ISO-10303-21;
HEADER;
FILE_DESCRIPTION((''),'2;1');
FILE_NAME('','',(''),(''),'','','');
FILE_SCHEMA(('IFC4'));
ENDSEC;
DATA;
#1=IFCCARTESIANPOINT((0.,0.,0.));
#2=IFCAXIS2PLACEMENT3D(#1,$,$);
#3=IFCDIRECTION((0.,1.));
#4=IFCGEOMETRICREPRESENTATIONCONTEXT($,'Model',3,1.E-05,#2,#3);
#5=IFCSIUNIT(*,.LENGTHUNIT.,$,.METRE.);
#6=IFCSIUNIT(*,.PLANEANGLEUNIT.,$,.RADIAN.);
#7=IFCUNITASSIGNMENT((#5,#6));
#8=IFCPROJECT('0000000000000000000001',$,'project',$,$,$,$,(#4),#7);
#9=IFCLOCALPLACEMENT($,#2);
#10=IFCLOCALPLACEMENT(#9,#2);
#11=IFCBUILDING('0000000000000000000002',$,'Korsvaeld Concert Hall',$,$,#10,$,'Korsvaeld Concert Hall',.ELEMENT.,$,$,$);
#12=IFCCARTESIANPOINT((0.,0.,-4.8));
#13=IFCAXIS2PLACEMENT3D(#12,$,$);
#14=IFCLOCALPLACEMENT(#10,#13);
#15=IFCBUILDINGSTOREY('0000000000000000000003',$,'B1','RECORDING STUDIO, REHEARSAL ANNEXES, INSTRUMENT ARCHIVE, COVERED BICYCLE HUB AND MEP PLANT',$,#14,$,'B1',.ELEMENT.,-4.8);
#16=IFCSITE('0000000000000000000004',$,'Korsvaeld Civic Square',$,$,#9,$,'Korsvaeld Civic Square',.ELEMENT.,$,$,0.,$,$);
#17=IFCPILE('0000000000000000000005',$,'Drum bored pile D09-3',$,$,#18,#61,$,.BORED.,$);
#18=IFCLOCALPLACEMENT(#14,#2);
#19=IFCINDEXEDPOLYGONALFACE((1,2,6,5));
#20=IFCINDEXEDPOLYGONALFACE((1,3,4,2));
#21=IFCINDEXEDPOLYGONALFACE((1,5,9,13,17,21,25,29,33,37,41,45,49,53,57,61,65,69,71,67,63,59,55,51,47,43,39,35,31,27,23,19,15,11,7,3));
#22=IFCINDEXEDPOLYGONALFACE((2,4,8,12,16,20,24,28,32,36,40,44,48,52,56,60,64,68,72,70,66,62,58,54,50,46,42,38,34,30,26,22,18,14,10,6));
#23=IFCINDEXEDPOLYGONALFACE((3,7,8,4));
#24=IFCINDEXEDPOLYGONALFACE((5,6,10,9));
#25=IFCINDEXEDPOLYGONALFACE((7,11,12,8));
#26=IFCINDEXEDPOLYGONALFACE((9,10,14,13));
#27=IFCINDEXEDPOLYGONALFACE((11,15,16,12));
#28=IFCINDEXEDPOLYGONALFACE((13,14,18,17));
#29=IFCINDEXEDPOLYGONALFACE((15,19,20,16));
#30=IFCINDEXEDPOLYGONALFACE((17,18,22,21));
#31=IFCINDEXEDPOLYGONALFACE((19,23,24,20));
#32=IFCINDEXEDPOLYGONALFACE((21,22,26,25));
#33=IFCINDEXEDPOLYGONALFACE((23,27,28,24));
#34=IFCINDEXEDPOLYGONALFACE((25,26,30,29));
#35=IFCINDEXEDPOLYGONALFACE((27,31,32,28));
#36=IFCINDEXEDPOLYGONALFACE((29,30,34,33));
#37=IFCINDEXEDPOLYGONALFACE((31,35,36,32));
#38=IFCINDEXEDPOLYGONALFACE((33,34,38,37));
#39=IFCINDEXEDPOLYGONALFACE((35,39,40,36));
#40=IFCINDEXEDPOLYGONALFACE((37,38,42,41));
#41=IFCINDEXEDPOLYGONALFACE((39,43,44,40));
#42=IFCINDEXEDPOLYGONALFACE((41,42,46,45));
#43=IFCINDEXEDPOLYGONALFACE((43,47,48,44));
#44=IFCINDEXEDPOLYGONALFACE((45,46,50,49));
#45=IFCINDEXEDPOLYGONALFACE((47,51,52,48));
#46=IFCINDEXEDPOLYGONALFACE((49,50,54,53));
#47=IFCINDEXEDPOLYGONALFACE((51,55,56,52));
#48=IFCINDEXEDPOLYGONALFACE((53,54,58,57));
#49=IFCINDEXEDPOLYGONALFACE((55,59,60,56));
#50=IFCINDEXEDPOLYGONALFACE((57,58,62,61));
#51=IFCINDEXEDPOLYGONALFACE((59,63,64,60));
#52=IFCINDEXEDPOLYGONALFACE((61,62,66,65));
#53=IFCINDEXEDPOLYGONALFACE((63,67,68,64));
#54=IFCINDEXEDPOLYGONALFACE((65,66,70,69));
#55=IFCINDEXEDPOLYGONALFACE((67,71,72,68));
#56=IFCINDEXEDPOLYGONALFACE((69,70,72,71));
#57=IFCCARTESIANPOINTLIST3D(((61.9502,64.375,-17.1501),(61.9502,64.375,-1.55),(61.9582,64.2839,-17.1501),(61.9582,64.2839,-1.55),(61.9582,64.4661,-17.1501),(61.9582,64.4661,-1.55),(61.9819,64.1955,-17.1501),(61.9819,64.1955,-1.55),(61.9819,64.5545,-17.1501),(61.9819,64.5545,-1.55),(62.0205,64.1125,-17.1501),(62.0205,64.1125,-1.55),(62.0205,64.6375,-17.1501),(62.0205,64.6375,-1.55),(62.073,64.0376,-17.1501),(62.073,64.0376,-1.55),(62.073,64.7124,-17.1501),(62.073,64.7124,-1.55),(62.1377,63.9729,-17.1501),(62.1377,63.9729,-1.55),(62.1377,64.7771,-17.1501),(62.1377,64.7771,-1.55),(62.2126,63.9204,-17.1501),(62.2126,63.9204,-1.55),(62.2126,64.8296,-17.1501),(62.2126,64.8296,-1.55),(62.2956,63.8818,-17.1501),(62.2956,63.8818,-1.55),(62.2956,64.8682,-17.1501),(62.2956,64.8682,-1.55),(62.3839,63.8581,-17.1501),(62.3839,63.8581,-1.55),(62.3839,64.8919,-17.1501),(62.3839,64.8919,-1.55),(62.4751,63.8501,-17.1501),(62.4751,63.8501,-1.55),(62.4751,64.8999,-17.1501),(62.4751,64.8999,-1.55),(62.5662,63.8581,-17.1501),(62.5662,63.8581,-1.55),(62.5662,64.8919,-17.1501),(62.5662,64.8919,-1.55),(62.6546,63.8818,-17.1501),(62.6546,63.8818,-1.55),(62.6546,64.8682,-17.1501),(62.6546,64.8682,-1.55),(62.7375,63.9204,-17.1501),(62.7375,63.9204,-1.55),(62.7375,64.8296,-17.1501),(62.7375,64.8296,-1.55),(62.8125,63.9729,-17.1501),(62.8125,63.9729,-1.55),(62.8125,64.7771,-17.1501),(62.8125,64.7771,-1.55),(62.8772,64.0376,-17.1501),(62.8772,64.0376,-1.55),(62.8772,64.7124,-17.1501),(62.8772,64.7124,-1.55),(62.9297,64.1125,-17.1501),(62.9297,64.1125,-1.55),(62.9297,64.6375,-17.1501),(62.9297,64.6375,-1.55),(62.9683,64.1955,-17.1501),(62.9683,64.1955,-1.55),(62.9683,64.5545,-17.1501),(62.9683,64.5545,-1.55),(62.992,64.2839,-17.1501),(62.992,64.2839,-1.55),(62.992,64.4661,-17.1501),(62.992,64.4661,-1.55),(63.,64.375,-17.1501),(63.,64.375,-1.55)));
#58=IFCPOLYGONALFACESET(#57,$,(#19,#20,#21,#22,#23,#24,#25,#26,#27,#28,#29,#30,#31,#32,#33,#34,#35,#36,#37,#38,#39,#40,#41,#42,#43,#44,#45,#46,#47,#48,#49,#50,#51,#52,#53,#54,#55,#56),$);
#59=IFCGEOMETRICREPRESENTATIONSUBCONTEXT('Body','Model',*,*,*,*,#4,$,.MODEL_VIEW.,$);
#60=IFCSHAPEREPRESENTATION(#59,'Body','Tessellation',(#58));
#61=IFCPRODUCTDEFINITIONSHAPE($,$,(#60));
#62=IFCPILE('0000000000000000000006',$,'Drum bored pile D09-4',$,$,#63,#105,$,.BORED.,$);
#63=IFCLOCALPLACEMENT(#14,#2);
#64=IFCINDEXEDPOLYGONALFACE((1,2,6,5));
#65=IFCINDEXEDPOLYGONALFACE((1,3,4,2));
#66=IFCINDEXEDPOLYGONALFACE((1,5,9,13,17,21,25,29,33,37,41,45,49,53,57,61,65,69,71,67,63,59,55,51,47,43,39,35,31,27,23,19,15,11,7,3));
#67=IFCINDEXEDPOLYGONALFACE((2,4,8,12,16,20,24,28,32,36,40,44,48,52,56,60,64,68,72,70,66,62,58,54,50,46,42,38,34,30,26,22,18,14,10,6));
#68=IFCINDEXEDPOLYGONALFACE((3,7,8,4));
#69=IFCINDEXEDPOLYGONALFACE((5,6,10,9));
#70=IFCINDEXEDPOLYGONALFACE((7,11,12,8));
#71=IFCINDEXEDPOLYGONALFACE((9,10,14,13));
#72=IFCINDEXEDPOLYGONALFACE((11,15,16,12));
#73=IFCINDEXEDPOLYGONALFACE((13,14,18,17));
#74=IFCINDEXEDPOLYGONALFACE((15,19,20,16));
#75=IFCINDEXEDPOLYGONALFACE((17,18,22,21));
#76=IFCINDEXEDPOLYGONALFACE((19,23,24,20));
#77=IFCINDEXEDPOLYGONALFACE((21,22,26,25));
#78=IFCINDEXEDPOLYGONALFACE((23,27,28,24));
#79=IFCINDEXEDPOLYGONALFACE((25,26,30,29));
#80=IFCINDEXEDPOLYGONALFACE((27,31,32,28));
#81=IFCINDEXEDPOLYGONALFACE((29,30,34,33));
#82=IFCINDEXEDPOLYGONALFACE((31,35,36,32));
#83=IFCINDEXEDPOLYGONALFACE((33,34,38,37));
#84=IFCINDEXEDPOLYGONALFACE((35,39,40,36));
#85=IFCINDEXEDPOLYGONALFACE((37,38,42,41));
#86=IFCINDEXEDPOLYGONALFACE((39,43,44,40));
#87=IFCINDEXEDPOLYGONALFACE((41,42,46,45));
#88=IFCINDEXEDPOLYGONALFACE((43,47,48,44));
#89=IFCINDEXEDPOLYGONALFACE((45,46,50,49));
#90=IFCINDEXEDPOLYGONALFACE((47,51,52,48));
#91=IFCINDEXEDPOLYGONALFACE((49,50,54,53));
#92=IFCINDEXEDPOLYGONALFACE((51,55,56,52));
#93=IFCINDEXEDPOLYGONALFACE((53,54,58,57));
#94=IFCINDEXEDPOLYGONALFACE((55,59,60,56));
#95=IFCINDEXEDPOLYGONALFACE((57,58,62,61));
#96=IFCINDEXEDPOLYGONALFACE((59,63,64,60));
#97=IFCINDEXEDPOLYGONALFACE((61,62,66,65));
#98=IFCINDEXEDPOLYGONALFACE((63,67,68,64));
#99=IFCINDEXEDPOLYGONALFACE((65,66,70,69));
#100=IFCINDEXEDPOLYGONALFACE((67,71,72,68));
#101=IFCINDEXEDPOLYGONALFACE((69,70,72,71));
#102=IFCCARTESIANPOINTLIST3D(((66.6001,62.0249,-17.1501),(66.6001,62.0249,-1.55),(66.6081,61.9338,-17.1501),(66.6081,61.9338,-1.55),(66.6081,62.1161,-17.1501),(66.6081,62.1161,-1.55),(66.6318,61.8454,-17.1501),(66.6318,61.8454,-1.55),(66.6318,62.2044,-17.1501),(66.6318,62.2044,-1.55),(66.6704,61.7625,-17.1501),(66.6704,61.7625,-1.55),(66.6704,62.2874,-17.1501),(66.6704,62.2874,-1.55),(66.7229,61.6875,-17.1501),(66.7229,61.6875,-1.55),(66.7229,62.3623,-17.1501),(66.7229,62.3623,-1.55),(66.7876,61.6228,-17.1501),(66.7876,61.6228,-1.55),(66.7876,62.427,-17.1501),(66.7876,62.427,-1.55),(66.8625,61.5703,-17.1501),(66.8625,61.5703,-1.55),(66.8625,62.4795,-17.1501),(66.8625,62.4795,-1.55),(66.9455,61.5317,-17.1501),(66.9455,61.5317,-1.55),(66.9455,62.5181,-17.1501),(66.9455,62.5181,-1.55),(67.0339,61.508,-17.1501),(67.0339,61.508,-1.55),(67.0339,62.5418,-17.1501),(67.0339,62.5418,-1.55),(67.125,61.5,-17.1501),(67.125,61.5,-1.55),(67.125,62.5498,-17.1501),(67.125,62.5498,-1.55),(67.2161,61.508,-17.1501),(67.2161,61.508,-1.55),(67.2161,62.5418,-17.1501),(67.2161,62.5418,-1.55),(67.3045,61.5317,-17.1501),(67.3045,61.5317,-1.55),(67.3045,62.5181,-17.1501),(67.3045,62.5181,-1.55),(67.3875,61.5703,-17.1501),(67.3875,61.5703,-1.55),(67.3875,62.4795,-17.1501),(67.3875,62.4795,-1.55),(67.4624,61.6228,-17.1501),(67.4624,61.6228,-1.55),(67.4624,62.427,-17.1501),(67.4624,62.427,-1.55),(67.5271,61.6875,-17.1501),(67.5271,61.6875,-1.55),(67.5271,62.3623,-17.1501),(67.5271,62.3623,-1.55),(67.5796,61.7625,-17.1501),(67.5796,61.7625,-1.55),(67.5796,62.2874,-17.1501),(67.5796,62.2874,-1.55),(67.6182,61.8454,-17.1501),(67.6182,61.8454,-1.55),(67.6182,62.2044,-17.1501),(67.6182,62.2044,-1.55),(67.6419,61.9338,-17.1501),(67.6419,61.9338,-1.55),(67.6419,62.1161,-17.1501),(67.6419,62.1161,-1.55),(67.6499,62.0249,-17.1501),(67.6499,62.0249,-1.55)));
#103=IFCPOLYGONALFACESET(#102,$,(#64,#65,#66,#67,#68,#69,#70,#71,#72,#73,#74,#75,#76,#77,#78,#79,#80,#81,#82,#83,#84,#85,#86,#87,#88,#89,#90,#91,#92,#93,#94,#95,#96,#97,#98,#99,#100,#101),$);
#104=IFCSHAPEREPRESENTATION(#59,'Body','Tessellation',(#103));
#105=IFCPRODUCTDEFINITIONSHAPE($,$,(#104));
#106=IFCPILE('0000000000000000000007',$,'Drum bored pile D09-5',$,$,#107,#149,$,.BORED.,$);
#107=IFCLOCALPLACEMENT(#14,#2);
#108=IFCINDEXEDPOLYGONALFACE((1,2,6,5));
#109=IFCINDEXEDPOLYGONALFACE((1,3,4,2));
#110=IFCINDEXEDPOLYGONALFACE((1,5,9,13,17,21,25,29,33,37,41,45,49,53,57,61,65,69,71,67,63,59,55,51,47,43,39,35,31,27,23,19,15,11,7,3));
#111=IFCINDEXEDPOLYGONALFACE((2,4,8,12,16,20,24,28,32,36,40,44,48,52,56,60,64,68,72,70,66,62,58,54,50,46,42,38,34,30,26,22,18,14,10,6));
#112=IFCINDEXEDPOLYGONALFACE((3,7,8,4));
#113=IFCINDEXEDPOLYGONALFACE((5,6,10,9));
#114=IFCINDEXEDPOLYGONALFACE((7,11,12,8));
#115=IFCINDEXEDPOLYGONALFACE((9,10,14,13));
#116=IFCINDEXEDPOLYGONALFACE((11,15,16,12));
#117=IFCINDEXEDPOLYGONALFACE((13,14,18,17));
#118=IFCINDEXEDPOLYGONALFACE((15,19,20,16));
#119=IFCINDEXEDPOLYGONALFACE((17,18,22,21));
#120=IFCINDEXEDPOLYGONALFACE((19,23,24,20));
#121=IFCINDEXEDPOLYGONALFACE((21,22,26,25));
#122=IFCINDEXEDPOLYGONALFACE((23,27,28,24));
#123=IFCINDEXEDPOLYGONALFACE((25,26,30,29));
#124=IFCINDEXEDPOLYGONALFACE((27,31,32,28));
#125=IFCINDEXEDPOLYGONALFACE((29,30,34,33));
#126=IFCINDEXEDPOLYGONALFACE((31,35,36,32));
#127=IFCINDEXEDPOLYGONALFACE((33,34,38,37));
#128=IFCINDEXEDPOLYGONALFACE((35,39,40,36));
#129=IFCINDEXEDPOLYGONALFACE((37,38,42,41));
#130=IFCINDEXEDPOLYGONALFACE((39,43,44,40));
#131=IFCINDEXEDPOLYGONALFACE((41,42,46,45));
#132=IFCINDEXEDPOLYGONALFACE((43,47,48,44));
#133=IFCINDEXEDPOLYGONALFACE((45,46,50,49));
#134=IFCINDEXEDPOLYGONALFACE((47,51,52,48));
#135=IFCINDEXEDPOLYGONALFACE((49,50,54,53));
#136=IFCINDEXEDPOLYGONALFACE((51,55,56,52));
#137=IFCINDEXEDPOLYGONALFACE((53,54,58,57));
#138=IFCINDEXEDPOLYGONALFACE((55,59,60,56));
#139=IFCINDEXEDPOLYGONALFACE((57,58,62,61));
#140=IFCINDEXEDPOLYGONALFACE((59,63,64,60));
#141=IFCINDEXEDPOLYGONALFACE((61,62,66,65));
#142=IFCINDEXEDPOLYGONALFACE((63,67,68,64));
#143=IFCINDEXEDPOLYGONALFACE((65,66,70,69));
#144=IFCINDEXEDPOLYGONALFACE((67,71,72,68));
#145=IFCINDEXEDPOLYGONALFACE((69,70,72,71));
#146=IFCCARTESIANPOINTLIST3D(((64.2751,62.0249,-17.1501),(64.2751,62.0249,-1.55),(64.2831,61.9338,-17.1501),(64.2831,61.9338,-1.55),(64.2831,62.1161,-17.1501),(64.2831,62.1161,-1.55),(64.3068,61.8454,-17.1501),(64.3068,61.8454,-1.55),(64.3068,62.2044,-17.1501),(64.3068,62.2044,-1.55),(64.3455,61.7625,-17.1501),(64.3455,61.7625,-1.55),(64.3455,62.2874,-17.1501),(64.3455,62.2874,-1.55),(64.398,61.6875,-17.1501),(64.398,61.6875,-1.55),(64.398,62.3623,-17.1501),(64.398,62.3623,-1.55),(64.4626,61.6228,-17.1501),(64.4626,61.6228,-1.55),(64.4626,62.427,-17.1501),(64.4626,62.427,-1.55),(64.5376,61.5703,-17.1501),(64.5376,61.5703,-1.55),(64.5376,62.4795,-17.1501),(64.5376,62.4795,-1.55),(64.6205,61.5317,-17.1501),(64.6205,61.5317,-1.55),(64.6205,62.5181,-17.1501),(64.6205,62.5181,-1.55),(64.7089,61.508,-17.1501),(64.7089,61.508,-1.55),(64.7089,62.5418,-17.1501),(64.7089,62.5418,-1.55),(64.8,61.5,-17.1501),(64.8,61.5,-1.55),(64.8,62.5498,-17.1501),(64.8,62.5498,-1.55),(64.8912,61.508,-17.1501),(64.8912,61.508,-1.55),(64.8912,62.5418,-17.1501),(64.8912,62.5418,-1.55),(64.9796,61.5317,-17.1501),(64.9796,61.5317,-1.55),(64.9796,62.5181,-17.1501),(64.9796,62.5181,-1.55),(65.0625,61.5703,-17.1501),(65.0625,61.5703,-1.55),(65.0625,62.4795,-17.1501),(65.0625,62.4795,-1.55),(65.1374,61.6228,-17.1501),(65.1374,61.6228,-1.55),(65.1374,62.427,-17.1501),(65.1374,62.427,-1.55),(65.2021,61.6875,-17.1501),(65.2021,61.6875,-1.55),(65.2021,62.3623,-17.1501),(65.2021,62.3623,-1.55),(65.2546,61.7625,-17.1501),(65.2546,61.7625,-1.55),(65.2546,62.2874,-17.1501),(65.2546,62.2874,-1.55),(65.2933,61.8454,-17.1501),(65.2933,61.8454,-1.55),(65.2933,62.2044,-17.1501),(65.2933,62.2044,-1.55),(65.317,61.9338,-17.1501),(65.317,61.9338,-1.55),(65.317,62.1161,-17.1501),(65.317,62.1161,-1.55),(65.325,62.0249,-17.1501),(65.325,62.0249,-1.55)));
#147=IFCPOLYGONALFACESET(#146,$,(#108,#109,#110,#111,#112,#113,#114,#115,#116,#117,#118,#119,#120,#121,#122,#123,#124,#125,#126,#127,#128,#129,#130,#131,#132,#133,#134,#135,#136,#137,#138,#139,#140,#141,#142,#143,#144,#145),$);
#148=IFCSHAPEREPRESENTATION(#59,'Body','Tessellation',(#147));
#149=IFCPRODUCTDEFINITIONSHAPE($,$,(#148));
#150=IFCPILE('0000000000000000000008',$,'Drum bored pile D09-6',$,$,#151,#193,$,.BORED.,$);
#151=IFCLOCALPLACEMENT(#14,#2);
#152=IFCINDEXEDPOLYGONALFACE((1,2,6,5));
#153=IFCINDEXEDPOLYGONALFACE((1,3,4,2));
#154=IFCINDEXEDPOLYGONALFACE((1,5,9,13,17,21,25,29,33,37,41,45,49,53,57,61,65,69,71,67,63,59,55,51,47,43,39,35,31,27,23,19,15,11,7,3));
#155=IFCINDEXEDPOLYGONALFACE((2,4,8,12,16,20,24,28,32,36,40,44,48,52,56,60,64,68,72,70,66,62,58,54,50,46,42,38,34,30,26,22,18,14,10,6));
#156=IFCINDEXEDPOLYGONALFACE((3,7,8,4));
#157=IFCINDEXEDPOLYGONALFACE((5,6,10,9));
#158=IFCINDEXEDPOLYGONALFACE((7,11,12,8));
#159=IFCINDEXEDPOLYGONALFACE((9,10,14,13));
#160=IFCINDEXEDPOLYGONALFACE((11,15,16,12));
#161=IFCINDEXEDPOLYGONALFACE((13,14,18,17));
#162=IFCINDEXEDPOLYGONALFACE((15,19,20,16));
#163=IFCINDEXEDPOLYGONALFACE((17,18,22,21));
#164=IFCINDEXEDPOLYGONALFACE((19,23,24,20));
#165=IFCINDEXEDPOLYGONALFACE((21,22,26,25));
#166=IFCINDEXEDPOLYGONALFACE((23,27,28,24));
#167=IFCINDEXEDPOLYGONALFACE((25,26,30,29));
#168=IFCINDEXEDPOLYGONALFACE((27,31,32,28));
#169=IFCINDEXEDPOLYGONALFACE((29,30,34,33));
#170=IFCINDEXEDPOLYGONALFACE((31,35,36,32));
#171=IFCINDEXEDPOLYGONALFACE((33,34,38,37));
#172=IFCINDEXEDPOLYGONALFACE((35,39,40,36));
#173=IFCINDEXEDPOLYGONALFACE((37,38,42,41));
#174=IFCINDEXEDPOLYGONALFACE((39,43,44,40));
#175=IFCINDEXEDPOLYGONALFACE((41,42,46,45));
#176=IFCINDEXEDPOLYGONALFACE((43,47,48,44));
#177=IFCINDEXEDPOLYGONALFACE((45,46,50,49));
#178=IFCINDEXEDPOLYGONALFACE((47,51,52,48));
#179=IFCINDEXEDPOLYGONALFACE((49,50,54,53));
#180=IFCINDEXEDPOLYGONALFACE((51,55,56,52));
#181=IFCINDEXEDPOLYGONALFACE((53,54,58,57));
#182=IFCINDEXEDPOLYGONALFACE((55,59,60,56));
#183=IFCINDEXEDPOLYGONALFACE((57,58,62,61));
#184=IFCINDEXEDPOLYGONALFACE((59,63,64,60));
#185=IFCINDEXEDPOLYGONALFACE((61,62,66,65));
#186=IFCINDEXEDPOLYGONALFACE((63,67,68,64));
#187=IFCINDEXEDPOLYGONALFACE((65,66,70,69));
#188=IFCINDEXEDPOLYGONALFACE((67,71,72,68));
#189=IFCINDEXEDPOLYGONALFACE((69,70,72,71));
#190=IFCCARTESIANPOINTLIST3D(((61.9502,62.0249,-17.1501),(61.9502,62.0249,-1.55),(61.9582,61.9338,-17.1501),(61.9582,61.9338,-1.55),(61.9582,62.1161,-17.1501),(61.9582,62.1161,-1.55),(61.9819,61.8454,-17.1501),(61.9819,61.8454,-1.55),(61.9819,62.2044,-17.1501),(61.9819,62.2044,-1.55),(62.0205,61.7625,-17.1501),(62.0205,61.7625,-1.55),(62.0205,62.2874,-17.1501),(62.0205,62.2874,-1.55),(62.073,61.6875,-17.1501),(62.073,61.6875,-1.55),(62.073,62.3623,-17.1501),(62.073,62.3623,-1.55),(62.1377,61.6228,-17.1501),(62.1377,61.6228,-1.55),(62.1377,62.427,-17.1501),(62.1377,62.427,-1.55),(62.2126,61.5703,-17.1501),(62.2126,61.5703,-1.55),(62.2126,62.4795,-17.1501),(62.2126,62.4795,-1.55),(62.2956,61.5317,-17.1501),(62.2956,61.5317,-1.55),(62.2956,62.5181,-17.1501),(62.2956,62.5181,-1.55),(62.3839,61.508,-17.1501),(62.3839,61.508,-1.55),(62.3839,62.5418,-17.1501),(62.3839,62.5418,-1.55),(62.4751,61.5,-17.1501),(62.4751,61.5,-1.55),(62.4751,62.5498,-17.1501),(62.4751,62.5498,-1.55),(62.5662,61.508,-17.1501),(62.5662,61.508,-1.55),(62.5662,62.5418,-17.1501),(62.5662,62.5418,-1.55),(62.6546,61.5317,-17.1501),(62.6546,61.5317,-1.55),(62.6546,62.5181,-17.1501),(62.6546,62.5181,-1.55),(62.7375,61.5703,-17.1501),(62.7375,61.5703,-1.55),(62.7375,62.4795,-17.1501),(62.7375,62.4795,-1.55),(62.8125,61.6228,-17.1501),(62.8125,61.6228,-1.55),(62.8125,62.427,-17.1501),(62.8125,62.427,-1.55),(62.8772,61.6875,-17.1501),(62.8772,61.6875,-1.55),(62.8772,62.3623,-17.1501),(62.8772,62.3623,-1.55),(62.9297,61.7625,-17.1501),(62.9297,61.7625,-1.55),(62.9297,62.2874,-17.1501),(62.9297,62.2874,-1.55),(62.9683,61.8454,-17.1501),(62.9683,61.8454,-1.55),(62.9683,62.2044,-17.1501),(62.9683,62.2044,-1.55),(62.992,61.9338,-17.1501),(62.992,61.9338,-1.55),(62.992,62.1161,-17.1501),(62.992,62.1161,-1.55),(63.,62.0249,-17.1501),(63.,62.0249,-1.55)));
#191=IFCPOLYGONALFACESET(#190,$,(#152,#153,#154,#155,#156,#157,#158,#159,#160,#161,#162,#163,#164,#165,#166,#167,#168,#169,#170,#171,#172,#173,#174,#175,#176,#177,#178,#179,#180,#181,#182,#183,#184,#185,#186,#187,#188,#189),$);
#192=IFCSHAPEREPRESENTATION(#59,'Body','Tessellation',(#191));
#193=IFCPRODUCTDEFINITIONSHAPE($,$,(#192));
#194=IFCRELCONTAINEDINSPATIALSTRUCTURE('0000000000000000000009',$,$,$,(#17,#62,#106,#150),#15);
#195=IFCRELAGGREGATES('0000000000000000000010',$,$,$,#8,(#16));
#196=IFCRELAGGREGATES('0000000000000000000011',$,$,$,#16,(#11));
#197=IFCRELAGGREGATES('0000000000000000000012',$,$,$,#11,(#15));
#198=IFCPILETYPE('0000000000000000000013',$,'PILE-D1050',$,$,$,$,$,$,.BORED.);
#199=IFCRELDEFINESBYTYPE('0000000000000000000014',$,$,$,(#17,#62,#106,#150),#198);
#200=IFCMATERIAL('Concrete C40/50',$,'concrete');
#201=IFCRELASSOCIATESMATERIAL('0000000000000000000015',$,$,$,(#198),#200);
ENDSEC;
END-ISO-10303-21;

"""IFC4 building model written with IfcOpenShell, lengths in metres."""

from ifc_helpers import new_model, si_unit, direction, frame, origin, origin_2d, place, context, subcontext, project, spatial, circle, extrude, material, material_profile, profile_set, type_object, element, save


model = new_model("IFC4")

# Units and contexts
model_context = context("Model", 3, precision=1e-05, world=origin(), true_north=direction((0.0, 1.0)))
body_context = subcontext(model_context, "Body", "Model", "MODEL_VIEW")
ifc_project = project(units=[si_unit("LENGTHUNIT", "METRE"), si_unit("PLANEANGLEUNIT", "RADIAN")], contexts=[model_context])

# Site, building, storey
site_placement = place(None, origin())
site = spatial("IfcSite", under=ifc_project, at=site_placement, Name="Korsvaeld Civic Square", LongName="Korsvaeld Civic Square", CompositionType="ELEMENT", RefElevation=0.0)
building_placement = place(site_placement, origin())
building = spatial("IfcBuilding", under=site, at=building_placement, Name="Korsvaeld Concert Hall", LongName="Korsvaeld Concert Hall", CompositionType="ELEMENT")
storey_placement = place(building_placement, frame((0.0, 0.0, -4.8)))
storey = spatial("IfcBuildingStorey", under=building, at=storey_placement, Name="B1", Description="RECORDING STUDIO, REHEARSAL ANNEXES, INSTRUMENT ARCHIVE, COVERED BICYCLE HUB AND MEP PLANT", LongName="B1", CompositionType="ELEMENT", Elevation=-4.8)

# Piles
ifc_material_1 = material(Name="Concrete C40/50", Category="concrete")
ifc_material_profile_1 = material_profile(ifc_material_1, circle(Radius=0.5249, at=origin_2d()), Name="BORED PILE D1050")
ifc_profile_set_1 = profile_set([ifc_material_profile_1], Name="Concrete C40/50")
pile_type_1 = type_object("IfcPileType", Name="PILE-D1050", PredefinedType="BORED", material=ifc_profile_set_1)
for number, where, z_axis, x_axis, name in (
    (1, (62.4751, 64.375, -1.55), (0.0, 0.0, -1.0), (1.0, 0.0, 0.0), "Drum bored pile D09-3"),
    (2, (67.125, 62.0249, -1.55), (0.0, 0.0, -1.0), (1.0, 0.0, 0.0), "Drum bored pile D09-4"),
    (3, (64.8, 62.0249, -1.55), (0.0, 0.0, -1.0), (1.0, 0.0, 0.0), "Drum bored pile D09-5"),
    (4, (62.4751, 62.0249, -1.55), (0.0, 0.0, -1.0), (1.0, 0.0, 0.0), "Drum bored pile D09-6"),
):
    element("IfcPile", number, at=place(storey_placement, frame(where, z_axis=z_axis, x_axis=x_axis)), inside=storey, type_object=pile_type_1, Name=name, PredefinedType="BORED", context=body_context, shape_type="SweptSolid", body=[
        extrude(circle(Radius=0.5249, at=origin_2d()), origin(), (0.0, 0.0, 1.0), 15.6001),
    ])

save(model, "model.ifc")
